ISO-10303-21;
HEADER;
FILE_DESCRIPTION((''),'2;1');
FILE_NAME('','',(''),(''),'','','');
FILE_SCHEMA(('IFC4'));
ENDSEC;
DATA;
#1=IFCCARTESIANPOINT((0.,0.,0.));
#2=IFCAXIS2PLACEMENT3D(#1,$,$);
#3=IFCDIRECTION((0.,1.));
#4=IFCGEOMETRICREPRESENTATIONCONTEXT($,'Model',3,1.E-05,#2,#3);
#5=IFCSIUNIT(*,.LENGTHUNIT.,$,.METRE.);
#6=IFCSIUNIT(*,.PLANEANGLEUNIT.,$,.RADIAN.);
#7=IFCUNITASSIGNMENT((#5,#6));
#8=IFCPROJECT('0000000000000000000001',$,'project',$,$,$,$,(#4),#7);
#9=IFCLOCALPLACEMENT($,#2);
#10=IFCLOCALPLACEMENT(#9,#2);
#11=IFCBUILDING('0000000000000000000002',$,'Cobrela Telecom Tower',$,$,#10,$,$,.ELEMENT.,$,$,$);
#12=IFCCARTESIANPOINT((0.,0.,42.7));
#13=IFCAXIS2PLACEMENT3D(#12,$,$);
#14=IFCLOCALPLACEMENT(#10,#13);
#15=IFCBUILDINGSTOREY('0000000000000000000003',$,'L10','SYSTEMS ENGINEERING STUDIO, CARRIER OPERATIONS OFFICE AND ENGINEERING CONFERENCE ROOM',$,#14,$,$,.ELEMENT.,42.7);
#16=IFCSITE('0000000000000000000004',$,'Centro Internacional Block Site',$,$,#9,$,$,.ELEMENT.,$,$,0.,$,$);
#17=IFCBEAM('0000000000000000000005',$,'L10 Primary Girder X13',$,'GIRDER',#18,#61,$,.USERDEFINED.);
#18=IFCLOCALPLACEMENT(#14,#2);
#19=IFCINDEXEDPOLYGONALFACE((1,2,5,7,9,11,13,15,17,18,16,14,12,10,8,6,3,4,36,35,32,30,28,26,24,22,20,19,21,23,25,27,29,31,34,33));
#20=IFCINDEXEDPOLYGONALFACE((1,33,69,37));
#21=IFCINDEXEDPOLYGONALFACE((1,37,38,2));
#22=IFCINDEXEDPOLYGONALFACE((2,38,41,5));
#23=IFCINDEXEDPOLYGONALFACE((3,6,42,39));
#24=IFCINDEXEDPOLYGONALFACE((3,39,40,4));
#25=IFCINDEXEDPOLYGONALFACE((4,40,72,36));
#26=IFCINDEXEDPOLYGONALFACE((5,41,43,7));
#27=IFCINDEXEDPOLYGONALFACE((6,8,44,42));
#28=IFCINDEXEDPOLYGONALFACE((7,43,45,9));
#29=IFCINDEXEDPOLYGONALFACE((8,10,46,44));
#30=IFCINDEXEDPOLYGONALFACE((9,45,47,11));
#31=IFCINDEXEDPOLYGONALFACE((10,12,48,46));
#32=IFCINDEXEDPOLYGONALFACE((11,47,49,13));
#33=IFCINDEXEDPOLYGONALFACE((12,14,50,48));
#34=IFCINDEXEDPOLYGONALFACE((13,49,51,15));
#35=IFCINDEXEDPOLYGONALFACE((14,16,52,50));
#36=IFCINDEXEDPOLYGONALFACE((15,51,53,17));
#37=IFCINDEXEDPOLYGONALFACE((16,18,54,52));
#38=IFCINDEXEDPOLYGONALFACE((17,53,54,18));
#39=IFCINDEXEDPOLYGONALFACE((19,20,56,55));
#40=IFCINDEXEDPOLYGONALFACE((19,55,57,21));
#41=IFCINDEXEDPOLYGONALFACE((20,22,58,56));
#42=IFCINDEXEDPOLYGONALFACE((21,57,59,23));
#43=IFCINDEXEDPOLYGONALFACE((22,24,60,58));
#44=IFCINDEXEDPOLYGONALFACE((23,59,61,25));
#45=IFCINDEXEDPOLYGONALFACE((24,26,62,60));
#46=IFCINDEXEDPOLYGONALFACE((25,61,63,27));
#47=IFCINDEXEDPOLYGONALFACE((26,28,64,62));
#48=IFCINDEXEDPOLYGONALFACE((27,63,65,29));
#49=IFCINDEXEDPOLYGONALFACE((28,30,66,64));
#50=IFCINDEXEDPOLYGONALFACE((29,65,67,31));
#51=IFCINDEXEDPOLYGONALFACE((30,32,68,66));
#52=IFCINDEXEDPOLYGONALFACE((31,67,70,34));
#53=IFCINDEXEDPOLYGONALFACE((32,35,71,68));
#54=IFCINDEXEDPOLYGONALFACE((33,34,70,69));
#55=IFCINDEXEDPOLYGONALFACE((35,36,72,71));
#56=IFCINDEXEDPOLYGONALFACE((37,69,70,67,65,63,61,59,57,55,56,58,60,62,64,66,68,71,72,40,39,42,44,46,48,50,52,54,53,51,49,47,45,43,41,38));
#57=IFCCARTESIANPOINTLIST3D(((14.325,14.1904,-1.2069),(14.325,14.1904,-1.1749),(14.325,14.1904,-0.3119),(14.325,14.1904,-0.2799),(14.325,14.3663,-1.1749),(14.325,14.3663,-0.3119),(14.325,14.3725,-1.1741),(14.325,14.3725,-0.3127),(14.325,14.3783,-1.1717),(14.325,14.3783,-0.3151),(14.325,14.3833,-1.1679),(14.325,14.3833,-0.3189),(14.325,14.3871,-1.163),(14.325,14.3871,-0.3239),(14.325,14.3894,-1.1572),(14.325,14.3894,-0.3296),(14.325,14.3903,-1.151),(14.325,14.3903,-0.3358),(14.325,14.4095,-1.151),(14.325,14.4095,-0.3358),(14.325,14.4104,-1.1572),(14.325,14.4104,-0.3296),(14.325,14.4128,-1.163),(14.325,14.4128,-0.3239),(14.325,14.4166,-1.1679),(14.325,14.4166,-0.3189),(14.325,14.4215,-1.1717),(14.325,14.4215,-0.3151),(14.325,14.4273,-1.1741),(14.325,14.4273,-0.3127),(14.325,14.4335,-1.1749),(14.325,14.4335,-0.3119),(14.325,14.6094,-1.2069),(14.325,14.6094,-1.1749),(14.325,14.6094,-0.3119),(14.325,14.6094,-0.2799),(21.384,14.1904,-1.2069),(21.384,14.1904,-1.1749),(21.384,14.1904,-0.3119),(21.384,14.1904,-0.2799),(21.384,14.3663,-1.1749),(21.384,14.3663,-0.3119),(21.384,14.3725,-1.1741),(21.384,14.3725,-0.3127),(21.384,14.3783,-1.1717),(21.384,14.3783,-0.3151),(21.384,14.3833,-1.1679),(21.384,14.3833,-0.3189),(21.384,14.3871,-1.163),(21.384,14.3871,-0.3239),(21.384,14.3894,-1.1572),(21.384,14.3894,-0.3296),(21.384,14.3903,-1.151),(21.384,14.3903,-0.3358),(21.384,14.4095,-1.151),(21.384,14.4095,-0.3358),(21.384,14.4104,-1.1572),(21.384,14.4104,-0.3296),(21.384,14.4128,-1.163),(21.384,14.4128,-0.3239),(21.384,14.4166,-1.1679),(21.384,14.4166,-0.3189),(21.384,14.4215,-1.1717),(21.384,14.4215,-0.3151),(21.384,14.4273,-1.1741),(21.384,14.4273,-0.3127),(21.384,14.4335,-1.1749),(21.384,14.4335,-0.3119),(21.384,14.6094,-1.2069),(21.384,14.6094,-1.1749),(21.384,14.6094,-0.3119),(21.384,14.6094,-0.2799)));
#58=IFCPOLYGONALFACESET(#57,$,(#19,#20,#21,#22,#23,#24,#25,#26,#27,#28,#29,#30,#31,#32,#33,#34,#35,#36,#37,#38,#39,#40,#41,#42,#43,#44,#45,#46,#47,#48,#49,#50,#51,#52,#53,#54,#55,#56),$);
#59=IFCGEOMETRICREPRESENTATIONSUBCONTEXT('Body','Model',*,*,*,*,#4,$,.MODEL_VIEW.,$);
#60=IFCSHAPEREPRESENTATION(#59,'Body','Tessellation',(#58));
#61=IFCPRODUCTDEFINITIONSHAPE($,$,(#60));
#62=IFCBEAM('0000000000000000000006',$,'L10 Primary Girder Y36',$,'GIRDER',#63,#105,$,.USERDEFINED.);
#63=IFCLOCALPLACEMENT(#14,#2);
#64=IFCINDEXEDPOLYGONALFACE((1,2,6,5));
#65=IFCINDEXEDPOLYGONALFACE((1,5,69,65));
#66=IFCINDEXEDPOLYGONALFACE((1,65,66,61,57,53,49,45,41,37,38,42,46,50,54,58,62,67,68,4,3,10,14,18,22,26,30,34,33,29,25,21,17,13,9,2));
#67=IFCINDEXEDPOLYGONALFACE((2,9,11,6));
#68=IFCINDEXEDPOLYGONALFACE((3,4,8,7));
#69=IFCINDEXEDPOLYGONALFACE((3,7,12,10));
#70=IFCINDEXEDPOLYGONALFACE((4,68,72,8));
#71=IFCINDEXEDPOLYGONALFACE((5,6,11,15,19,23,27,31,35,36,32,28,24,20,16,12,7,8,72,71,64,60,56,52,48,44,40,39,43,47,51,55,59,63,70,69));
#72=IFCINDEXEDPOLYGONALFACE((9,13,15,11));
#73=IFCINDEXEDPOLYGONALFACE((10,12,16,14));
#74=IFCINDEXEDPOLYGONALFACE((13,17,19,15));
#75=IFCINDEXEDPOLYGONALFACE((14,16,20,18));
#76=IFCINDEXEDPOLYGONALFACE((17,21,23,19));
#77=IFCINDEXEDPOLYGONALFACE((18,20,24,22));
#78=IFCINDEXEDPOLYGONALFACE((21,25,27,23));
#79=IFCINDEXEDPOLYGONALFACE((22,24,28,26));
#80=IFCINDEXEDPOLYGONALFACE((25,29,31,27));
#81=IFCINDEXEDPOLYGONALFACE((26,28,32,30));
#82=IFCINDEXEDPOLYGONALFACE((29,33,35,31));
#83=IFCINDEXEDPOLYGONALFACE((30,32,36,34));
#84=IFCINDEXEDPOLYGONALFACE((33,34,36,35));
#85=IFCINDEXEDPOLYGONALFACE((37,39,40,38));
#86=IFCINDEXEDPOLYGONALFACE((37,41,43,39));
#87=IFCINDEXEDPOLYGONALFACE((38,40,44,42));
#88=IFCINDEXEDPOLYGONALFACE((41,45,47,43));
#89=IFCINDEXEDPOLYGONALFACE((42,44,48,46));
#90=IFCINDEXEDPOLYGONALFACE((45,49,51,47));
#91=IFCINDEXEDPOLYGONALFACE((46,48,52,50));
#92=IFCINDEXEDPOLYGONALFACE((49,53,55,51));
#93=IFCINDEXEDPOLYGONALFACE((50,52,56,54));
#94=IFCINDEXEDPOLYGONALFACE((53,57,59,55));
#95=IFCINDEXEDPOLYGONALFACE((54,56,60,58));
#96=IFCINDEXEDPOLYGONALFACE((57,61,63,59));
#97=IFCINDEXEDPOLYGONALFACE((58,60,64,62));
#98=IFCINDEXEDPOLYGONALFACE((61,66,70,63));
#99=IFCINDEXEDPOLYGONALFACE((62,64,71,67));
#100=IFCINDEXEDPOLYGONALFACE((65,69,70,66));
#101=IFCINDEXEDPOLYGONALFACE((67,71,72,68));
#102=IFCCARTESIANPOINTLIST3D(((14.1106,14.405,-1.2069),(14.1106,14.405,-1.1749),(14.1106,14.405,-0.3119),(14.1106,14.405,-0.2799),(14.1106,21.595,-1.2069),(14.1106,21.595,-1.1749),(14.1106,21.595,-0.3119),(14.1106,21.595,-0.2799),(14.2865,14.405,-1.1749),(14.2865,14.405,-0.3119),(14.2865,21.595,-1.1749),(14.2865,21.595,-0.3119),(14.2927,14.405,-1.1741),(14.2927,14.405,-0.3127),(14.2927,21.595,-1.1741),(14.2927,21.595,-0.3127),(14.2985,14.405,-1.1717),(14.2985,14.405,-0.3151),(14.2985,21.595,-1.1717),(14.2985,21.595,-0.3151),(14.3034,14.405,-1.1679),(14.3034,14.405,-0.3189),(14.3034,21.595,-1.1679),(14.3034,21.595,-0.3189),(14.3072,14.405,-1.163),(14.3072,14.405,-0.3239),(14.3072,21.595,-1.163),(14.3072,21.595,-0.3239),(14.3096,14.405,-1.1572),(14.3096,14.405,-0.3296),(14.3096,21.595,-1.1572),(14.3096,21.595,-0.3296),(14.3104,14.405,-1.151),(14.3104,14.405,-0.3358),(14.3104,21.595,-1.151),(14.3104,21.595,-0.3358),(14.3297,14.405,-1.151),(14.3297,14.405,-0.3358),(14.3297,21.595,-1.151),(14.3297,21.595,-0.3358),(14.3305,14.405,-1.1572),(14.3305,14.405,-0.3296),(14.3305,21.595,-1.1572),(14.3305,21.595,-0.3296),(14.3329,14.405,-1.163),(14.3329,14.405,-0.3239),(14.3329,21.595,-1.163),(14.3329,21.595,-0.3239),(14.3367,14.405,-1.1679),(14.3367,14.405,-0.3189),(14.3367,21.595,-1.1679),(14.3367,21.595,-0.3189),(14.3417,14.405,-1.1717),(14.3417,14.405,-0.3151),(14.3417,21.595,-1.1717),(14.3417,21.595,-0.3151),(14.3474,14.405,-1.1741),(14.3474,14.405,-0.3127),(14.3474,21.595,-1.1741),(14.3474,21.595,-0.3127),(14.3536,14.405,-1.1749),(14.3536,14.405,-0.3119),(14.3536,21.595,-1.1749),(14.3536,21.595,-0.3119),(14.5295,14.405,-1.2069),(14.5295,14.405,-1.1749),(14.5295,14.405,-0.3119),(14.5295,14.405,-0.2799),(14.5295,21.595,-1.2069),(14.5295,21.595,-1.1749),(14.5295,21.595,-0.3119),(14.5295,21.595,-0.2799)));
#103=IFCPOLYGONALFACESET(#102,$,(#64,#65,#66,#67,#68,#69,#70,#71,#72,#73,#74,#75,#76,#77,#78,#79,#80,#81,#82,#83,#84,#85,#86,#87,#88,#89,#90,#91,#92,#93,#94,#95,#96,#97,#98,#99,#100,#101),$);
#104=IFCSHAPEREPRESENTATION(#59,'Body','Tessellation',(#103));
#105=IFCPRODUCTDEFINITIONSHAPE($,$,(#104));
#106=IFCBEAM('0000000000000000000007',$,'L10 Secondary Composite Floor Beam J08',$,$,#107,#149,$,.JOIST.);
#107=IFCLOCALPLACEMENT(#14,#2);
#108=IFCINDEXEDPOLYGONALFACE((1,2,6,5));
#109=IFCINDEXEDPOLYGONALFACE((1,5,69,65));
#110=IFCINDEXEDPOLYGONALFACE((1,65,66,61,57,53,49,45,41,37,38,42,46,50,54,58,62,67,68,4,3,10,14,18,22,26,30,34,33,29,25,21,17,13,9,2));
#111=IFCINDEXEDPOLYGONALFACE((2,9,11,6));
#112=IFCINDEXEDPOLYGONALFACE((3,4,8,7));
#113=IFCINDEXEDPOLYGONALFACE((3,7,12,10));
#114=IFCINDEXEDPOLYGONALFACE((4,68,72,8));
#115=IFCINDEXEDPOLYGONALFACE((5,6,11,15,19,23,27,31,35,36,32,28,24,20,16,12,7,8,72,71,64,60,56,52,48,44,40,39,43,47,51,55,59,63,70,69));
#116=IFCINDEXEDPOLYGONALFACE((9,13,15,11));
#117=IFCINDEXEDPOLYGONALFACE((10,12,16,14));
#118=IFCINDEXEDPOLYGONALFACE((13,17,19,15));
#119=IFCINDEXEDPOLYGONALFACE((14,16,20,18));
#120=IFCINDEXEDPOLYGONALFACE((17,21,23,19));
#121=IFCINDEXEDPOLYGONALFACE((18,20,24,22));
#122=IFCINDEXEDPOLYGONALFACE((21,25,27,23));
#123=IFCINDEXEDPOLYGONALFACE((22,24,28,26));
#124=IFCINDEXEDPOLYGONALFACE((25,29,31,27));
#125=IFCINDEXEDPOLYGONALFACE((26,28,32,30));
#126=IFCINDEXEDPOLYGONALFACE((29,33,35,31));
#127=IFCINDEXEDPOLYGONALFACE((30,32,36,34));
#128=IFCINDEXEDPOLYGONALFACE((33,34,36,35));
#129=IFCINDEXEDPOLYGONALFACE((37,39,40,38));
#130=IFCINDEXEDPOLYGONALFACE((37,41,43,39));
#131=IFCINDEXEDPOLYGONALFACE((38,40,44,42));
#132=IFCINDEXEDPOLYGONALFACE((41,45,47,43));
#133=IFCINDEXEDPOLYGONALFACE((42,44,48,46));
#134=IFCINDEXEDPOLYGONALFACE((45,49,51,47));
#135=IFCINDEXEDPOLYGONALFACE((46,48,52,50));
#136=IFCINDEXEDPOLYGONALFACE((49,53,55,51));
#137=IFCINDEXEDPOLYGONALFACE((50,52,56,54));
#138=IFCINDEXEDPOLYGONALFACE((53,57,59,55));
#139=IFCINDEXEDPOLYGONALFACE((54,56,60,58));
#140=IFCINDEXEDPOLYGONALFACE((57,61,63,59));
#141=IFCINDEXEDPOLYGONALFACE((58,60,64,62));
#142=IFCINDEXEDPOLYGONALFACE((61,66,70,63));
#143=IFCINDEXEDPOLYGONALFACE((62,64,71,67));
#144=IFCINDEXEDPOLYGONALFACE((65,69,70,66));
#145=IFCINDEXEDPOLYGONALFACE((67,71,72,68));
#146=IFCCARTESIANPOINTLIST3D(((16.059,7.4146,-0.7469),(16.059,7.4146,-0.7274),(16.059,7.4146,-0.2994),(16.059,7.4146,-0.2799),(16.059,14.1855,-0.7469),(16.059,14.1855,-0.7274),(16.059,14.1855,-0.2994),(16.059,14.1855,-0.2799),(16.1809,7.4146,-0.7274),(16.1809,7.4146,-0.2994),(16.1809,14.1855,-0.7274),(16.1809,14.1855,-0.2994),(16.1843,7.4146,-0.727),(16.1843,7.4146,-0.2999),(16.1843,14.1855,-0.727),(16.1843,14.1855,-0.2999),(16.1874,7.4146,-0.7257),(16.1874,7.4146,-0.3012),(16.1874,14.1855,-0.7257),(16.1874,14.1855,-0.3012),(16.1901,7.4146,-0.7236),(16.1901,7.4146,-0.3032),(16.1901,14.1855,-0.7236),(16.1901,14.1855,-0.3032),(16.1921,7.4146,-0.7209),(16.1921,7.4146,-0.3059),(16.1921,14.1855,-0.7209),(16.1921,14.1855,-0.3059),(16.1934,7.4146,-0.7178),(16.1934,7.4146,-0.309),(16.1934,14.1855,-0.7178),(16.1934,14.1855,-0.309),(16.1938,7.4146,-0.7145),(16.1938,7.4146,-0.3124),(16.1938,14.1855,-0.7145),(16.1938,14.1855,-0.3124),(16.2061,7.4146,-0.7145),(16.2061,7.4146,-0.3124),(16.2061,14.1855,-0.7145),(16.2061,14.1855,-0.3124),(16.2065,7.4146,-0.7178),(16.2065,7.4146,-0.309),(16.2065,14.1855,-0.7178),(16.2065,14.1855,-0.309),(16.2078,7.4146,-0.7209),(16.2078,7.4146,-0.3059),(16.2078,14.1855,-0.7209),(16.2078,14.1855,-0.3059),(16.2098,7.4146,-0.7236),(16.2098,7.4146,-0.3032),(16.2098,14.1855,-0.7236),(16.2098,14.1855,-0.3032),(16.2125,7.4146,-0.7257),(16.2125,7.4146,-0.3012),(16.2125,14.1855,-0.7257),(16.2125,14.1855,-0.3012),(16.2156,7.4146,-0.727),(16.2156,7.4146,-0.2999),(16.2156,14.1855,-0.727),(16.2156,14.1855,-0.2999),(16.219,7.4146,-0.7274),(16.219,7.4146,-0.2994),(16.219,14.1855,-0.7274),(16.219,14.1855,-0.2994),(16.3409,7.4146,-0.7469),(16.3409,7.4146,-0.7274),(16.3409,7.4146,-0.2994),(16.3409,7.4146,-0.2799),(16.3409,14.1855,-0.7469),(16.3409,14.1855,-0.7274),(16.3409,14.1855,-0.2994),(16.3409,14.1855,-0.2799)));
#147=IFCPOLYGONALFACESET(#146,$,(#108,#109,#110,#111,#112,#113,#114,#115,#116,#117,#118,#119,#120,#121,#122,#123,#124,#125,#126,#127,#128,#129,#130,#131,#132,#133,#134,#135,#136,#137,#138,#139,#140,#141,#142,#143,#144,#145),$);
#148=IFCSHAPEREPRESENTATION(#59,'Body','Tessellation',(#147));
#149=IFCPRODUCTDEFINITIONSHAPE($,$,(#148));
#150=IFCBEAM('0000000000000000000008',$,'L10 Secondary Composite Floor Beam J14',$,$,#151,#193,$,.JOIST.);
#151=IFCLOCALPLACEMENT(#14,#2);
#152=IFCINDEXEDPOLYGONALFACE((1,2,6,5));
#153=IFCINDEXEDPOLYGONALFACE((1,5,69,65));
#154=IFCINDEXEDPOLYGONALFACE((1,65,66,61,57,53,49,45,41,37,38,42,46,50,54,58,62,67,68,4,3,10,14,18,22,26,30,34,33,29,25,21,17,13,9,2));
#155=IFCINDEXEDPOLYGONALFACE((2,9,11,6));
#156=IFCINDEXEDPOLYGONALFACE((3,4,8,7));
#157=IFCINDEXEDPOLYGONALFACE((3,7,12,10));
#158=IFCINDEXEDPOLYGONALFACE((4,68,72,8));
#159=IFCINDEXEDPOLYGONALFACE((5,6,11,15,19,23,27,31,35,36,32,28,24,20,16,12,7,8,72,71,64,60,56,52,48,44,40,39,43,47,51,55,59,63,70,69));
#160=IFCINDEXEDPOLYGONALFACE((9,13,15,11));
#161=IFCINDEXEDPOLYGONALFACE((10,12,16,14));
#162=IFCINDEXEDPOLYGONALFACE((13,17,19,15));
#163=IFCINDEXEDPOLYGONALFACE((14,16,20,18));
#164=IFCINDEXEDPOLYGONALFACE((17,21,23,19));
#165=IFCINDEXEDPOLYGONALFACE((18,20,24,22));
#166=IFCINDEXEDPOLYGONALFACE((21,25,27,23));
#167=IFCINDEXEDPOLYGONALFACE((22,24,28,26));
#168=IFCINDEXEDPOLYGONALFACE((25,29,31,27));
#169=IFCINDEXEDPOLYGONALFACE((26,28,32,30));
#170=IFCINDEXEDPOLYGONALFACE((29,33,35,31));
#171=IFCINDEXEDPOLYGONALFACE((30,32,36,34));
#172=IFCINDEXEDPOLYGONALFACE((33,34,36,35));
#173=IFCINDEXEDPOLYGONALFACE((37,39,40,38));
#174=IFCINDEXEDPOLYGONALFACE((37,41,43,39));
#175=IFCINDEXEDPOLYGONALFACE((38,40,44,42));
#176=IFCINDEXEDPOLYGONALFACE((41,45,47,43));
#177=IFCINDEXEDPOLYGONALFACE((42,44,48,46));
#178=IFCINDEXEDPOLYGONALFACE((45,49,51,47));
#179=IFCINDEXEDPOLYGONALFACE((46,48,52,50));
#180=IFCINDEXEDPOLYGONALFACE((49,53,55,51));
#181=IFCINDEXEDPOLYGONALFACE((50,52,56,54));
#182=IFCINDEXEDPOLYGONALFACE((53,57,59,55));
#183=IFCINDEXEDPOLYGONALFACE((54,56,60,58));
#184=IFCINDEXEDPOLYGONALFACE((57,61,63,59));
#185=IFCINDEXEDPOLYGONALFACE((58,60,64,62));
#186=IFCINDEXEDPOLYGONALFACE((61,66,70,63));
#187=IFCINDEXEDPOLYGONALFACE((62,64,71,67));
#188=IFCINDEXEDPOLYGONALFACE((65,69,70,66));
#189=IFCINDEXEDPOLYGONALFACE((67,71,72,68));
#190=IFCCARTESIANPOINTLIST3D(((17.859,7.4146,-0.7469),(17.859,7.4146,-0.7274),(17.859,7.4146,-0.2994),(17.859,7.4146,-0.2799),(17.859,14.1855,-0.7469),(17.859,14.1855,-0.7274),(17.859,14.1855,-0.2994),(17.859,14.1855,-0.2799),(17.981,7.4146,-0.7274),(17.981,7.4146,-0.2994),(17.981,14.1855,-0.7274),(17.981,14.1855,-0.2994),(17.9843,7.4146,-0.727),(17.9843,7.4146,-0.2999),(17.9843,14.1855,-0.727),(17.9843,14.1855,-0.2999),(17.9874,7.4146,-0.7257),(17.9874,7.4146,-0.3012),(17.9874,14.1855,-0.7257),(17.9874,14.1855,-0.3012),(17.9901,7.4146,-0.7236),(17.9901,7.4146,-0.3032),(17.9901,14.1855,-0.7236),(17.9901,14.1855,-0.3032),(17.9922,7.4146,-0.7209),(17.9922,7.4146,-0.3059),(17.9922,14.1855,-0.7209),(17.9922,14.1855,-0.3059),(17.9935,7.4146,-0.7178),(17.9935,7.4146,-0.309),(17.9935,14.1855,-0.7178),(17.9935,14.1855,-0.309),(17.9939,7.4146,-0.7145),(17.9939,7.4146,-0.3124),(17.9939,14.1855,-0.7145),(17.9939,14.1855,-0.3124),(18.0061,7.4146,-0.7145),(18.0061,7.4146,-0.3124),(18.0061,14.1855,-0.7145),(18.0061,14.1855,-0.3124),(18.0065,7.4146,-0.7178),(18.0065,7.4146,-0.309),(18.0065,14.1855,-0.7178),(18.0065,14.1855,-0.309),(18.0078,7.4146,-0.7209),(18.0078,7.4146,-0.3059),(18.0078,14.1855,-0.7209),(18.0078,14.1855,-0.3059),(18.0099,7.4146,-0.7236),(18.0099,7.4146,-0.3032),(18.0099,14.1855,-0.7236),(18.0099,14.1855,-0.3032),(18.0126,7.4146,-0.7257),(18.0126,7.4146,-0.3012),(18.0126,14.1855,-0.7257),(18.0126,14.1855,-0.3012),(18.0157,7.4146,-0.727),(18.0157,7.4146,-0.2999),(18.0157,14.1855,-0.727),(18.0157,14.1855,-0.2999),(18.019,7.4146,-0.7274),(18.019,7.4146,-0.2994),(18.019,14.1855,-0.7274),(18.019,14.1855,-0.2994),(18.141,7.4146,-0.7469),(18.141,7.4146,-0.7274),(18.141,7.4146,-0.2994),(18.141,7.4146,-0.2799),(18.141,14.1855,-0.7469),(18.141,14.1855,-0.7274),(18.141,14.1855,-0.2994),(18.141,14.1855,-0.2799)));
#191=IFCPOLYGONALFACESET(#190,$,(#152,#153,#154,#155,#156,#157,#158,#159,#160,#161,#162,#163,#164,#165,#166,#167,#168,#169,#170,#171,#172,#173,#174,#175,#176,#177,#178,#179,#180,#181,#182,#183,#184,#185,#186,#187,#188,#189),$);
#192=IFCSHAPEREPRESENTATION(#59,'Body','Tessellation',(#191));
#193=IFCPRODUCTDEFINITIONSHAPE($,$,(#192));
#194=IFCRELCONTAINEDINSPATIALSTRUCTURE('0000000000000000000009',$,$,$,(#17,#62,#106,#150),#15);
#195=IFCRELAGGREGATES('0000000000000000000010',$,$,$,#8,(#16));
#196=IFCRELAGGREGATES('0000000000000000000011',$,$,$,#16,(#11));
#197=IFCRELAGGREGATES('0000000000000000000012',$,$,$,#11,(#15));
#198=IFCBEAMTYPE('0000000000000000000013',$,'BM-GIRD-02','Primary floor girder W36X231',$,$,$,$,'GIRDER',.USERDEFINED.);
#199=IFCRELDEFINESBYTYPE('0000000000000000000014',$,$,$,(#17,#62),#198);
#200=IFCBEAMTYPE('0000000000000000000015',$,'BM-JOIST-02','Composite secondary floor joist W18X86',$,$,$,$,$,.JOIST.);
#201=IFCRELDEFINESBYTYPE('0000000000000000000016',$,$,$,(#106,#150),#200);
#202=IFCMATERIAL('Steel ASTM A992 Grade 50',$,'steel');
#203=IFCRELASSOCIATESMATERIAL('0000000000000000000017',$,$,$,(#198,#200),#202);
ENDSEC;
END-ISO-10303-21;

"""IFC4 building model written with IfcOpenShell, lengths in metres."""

from ifc_helpers import new_model, si_unit, direction, frame, origin, origin_2d, place, context, subcontext, project, spatial, i_section, extrude, material, material_profile, profile_set, type_object, element, save


model = new_model("IFC4")

# Units and contexts
model_context = context("Model", 3, precision=1e-05, world=origin(), true_north=direction((0.0, 1.0)))
body_context = subcontext(model_context, "Body", "Model", "MODEL_VIEW")
ifc_project = project(units=[si_unit("LENGTHUNIT", "METRE"), si_unit("PLANEANGLEUNIT", "RADIAN")], contexts=[model_context])

# Site, building, storey
site_placement = place(None, origin())
site = spatial("IfcSite", under=ifc_project, at=site_placement, Name="Centro Internacional Block Site", CompositionType="ELEMENT", RefElevation=0.0)
building_placement = place(site_placement, origin())
building = spatial("IfcBuilding", under=site, at=building_placement, Name="Cobrela Telecom Tower", CompositionType="ELEMENT")
storey_placement = place(building_placement, frame((0.0, 0.0, 42.7)))
storey = spatial("IfcBuildingStorey", under=building, at=storey_placement, Name="L10", Description="SYSTEMS ENGINEERING STUDIO, CARRIER OPERATIONS OFFICE AND ENGINEERING CONFERENCE ROOM", CompositionType="ELEMENT", Elevation=42.7)

# Beams
ifc_material_1 = material(Name="Steel ASTM A992 Grade 50", Category="steel")
ifc_material_profile_1 = material_profile(ifc_material_1, i_section(OverallWidth=0.4189, OverallDepth=0.927, WebThickness=0.0193, FlangeThickness=0.032, FilletRadius=0.0239, at=origin_2d()), Name="W36X231")
ifc_profile_set_1 = profile_set([ifc_material_profile_1], Name="Steel ASTM A992 Grade 50")
beam_type_1 = type_object("IfcBeamType", Name="BM-GIRD-02", Description="Primary floor girder W36X231", ElementType="GIRDER", PredefinedType="USERDEFINED", material=ifc_profile_set_1)
beam_1_placement = place(storey_placement, frame((14.325, 14.3999, -0.7434), z_axis=(1.0, 0.0, 0.0), x_axis=(0.0, 1.0, 0.0)))
element("IfcBeam", 1, at=beam_1_placement, inside=storey, type_object=beam_type_1, Name="L10 Primary Girder X13", ObjectType="GIRDER", PredefinedType="USERDEFINED", context=body_context, shape_type="SweptSolid", body=[
    extrude(i_section(OverallWidth=0.4189, OverallDepth=0.927, WebThickness=0.0193, FlangeThickness=0.032, FilletRadius=0.0239, at=origin_2d()), origin(), (0.0, 0.0, 1.0), 7.0591),
])
beam_2_placement = place(storey_placement, frame((14.3201, 14.405, -0.7434), z_axis=(0.0, 1.0, 0.0), x_axis=(-1.0, 0.0, 0.0)))
element("IfcBeam", 2, at=beam_2_placement, inside=storey, type_object=beam_type_1, Name="L10 Primary Girder Y36", ObjectType="GIRDER", PredefinedType="USERDEFINED", context=body_context, shape_type="SweptSolid", body=[
    extrude(i_section(OverallWidth=0.4189, OverallDepth=0.927, WebThickness=0.0193, FlangeThickness=0.032, FilletRadius=0.0239, at=origin_2d()), origin(), (0.0, 0.0, 1.0), 7.1899),
])
ifc_material_profile_2 = material_profile(ifc_material_1, i_section(OverallWidth=0.282, OverallDepth=0.467, WebThickness=0.0122, FlangeThickness=0.0195, FilletRadius=0.0129, at=origin_2d()), Name="W18X86")
ifc_profile_set_2 = profile_set([ifc_material_profile_2], Name="Steel ASTM A992 Grade 50")
beam_type_2 = type_object("IfcBeamType", Name="BM-JOIST-02", Description="Composite secondary floor joist W18X86", PredefinedType="JOIST", material=ifc_profile_set_2)
for number, where, z_axis, x_axis, name in (
    (3, (16.2, 7.4146, -0.5134), (0.0, 1.0, 0.0), (-1.0, 0.0, 0.0), "L10 Secondary Composite Floor Beam J08"),
    (4, (18.0, 7.4146, -0.5134), (0.0, 1.0, 0.0), (-1.0, 0.0, 0.0), "L10 Secondary Composite Floor Beam J14"),
):
    element("IfcBeam", number, at=place(storey_placement, frame(where, z_axis=z_axis, x_axis=x_axis)), inside=storey, type_object=beam_type_2, Name=name, PredefinedType="JOIST", context=body_context, shape_type="SweptSolid", body=[
        extrude(i_section(OverallWidth=0.282, OverallDepth=0.467, WebThickness=0.0122, FlangeThickness=0.0195, FilletRadius=0.0129, at=origin_2d()), origin(), (0.0, 0.0, 1.0), 6.771),
    ])

save(model, "model.ifc")
